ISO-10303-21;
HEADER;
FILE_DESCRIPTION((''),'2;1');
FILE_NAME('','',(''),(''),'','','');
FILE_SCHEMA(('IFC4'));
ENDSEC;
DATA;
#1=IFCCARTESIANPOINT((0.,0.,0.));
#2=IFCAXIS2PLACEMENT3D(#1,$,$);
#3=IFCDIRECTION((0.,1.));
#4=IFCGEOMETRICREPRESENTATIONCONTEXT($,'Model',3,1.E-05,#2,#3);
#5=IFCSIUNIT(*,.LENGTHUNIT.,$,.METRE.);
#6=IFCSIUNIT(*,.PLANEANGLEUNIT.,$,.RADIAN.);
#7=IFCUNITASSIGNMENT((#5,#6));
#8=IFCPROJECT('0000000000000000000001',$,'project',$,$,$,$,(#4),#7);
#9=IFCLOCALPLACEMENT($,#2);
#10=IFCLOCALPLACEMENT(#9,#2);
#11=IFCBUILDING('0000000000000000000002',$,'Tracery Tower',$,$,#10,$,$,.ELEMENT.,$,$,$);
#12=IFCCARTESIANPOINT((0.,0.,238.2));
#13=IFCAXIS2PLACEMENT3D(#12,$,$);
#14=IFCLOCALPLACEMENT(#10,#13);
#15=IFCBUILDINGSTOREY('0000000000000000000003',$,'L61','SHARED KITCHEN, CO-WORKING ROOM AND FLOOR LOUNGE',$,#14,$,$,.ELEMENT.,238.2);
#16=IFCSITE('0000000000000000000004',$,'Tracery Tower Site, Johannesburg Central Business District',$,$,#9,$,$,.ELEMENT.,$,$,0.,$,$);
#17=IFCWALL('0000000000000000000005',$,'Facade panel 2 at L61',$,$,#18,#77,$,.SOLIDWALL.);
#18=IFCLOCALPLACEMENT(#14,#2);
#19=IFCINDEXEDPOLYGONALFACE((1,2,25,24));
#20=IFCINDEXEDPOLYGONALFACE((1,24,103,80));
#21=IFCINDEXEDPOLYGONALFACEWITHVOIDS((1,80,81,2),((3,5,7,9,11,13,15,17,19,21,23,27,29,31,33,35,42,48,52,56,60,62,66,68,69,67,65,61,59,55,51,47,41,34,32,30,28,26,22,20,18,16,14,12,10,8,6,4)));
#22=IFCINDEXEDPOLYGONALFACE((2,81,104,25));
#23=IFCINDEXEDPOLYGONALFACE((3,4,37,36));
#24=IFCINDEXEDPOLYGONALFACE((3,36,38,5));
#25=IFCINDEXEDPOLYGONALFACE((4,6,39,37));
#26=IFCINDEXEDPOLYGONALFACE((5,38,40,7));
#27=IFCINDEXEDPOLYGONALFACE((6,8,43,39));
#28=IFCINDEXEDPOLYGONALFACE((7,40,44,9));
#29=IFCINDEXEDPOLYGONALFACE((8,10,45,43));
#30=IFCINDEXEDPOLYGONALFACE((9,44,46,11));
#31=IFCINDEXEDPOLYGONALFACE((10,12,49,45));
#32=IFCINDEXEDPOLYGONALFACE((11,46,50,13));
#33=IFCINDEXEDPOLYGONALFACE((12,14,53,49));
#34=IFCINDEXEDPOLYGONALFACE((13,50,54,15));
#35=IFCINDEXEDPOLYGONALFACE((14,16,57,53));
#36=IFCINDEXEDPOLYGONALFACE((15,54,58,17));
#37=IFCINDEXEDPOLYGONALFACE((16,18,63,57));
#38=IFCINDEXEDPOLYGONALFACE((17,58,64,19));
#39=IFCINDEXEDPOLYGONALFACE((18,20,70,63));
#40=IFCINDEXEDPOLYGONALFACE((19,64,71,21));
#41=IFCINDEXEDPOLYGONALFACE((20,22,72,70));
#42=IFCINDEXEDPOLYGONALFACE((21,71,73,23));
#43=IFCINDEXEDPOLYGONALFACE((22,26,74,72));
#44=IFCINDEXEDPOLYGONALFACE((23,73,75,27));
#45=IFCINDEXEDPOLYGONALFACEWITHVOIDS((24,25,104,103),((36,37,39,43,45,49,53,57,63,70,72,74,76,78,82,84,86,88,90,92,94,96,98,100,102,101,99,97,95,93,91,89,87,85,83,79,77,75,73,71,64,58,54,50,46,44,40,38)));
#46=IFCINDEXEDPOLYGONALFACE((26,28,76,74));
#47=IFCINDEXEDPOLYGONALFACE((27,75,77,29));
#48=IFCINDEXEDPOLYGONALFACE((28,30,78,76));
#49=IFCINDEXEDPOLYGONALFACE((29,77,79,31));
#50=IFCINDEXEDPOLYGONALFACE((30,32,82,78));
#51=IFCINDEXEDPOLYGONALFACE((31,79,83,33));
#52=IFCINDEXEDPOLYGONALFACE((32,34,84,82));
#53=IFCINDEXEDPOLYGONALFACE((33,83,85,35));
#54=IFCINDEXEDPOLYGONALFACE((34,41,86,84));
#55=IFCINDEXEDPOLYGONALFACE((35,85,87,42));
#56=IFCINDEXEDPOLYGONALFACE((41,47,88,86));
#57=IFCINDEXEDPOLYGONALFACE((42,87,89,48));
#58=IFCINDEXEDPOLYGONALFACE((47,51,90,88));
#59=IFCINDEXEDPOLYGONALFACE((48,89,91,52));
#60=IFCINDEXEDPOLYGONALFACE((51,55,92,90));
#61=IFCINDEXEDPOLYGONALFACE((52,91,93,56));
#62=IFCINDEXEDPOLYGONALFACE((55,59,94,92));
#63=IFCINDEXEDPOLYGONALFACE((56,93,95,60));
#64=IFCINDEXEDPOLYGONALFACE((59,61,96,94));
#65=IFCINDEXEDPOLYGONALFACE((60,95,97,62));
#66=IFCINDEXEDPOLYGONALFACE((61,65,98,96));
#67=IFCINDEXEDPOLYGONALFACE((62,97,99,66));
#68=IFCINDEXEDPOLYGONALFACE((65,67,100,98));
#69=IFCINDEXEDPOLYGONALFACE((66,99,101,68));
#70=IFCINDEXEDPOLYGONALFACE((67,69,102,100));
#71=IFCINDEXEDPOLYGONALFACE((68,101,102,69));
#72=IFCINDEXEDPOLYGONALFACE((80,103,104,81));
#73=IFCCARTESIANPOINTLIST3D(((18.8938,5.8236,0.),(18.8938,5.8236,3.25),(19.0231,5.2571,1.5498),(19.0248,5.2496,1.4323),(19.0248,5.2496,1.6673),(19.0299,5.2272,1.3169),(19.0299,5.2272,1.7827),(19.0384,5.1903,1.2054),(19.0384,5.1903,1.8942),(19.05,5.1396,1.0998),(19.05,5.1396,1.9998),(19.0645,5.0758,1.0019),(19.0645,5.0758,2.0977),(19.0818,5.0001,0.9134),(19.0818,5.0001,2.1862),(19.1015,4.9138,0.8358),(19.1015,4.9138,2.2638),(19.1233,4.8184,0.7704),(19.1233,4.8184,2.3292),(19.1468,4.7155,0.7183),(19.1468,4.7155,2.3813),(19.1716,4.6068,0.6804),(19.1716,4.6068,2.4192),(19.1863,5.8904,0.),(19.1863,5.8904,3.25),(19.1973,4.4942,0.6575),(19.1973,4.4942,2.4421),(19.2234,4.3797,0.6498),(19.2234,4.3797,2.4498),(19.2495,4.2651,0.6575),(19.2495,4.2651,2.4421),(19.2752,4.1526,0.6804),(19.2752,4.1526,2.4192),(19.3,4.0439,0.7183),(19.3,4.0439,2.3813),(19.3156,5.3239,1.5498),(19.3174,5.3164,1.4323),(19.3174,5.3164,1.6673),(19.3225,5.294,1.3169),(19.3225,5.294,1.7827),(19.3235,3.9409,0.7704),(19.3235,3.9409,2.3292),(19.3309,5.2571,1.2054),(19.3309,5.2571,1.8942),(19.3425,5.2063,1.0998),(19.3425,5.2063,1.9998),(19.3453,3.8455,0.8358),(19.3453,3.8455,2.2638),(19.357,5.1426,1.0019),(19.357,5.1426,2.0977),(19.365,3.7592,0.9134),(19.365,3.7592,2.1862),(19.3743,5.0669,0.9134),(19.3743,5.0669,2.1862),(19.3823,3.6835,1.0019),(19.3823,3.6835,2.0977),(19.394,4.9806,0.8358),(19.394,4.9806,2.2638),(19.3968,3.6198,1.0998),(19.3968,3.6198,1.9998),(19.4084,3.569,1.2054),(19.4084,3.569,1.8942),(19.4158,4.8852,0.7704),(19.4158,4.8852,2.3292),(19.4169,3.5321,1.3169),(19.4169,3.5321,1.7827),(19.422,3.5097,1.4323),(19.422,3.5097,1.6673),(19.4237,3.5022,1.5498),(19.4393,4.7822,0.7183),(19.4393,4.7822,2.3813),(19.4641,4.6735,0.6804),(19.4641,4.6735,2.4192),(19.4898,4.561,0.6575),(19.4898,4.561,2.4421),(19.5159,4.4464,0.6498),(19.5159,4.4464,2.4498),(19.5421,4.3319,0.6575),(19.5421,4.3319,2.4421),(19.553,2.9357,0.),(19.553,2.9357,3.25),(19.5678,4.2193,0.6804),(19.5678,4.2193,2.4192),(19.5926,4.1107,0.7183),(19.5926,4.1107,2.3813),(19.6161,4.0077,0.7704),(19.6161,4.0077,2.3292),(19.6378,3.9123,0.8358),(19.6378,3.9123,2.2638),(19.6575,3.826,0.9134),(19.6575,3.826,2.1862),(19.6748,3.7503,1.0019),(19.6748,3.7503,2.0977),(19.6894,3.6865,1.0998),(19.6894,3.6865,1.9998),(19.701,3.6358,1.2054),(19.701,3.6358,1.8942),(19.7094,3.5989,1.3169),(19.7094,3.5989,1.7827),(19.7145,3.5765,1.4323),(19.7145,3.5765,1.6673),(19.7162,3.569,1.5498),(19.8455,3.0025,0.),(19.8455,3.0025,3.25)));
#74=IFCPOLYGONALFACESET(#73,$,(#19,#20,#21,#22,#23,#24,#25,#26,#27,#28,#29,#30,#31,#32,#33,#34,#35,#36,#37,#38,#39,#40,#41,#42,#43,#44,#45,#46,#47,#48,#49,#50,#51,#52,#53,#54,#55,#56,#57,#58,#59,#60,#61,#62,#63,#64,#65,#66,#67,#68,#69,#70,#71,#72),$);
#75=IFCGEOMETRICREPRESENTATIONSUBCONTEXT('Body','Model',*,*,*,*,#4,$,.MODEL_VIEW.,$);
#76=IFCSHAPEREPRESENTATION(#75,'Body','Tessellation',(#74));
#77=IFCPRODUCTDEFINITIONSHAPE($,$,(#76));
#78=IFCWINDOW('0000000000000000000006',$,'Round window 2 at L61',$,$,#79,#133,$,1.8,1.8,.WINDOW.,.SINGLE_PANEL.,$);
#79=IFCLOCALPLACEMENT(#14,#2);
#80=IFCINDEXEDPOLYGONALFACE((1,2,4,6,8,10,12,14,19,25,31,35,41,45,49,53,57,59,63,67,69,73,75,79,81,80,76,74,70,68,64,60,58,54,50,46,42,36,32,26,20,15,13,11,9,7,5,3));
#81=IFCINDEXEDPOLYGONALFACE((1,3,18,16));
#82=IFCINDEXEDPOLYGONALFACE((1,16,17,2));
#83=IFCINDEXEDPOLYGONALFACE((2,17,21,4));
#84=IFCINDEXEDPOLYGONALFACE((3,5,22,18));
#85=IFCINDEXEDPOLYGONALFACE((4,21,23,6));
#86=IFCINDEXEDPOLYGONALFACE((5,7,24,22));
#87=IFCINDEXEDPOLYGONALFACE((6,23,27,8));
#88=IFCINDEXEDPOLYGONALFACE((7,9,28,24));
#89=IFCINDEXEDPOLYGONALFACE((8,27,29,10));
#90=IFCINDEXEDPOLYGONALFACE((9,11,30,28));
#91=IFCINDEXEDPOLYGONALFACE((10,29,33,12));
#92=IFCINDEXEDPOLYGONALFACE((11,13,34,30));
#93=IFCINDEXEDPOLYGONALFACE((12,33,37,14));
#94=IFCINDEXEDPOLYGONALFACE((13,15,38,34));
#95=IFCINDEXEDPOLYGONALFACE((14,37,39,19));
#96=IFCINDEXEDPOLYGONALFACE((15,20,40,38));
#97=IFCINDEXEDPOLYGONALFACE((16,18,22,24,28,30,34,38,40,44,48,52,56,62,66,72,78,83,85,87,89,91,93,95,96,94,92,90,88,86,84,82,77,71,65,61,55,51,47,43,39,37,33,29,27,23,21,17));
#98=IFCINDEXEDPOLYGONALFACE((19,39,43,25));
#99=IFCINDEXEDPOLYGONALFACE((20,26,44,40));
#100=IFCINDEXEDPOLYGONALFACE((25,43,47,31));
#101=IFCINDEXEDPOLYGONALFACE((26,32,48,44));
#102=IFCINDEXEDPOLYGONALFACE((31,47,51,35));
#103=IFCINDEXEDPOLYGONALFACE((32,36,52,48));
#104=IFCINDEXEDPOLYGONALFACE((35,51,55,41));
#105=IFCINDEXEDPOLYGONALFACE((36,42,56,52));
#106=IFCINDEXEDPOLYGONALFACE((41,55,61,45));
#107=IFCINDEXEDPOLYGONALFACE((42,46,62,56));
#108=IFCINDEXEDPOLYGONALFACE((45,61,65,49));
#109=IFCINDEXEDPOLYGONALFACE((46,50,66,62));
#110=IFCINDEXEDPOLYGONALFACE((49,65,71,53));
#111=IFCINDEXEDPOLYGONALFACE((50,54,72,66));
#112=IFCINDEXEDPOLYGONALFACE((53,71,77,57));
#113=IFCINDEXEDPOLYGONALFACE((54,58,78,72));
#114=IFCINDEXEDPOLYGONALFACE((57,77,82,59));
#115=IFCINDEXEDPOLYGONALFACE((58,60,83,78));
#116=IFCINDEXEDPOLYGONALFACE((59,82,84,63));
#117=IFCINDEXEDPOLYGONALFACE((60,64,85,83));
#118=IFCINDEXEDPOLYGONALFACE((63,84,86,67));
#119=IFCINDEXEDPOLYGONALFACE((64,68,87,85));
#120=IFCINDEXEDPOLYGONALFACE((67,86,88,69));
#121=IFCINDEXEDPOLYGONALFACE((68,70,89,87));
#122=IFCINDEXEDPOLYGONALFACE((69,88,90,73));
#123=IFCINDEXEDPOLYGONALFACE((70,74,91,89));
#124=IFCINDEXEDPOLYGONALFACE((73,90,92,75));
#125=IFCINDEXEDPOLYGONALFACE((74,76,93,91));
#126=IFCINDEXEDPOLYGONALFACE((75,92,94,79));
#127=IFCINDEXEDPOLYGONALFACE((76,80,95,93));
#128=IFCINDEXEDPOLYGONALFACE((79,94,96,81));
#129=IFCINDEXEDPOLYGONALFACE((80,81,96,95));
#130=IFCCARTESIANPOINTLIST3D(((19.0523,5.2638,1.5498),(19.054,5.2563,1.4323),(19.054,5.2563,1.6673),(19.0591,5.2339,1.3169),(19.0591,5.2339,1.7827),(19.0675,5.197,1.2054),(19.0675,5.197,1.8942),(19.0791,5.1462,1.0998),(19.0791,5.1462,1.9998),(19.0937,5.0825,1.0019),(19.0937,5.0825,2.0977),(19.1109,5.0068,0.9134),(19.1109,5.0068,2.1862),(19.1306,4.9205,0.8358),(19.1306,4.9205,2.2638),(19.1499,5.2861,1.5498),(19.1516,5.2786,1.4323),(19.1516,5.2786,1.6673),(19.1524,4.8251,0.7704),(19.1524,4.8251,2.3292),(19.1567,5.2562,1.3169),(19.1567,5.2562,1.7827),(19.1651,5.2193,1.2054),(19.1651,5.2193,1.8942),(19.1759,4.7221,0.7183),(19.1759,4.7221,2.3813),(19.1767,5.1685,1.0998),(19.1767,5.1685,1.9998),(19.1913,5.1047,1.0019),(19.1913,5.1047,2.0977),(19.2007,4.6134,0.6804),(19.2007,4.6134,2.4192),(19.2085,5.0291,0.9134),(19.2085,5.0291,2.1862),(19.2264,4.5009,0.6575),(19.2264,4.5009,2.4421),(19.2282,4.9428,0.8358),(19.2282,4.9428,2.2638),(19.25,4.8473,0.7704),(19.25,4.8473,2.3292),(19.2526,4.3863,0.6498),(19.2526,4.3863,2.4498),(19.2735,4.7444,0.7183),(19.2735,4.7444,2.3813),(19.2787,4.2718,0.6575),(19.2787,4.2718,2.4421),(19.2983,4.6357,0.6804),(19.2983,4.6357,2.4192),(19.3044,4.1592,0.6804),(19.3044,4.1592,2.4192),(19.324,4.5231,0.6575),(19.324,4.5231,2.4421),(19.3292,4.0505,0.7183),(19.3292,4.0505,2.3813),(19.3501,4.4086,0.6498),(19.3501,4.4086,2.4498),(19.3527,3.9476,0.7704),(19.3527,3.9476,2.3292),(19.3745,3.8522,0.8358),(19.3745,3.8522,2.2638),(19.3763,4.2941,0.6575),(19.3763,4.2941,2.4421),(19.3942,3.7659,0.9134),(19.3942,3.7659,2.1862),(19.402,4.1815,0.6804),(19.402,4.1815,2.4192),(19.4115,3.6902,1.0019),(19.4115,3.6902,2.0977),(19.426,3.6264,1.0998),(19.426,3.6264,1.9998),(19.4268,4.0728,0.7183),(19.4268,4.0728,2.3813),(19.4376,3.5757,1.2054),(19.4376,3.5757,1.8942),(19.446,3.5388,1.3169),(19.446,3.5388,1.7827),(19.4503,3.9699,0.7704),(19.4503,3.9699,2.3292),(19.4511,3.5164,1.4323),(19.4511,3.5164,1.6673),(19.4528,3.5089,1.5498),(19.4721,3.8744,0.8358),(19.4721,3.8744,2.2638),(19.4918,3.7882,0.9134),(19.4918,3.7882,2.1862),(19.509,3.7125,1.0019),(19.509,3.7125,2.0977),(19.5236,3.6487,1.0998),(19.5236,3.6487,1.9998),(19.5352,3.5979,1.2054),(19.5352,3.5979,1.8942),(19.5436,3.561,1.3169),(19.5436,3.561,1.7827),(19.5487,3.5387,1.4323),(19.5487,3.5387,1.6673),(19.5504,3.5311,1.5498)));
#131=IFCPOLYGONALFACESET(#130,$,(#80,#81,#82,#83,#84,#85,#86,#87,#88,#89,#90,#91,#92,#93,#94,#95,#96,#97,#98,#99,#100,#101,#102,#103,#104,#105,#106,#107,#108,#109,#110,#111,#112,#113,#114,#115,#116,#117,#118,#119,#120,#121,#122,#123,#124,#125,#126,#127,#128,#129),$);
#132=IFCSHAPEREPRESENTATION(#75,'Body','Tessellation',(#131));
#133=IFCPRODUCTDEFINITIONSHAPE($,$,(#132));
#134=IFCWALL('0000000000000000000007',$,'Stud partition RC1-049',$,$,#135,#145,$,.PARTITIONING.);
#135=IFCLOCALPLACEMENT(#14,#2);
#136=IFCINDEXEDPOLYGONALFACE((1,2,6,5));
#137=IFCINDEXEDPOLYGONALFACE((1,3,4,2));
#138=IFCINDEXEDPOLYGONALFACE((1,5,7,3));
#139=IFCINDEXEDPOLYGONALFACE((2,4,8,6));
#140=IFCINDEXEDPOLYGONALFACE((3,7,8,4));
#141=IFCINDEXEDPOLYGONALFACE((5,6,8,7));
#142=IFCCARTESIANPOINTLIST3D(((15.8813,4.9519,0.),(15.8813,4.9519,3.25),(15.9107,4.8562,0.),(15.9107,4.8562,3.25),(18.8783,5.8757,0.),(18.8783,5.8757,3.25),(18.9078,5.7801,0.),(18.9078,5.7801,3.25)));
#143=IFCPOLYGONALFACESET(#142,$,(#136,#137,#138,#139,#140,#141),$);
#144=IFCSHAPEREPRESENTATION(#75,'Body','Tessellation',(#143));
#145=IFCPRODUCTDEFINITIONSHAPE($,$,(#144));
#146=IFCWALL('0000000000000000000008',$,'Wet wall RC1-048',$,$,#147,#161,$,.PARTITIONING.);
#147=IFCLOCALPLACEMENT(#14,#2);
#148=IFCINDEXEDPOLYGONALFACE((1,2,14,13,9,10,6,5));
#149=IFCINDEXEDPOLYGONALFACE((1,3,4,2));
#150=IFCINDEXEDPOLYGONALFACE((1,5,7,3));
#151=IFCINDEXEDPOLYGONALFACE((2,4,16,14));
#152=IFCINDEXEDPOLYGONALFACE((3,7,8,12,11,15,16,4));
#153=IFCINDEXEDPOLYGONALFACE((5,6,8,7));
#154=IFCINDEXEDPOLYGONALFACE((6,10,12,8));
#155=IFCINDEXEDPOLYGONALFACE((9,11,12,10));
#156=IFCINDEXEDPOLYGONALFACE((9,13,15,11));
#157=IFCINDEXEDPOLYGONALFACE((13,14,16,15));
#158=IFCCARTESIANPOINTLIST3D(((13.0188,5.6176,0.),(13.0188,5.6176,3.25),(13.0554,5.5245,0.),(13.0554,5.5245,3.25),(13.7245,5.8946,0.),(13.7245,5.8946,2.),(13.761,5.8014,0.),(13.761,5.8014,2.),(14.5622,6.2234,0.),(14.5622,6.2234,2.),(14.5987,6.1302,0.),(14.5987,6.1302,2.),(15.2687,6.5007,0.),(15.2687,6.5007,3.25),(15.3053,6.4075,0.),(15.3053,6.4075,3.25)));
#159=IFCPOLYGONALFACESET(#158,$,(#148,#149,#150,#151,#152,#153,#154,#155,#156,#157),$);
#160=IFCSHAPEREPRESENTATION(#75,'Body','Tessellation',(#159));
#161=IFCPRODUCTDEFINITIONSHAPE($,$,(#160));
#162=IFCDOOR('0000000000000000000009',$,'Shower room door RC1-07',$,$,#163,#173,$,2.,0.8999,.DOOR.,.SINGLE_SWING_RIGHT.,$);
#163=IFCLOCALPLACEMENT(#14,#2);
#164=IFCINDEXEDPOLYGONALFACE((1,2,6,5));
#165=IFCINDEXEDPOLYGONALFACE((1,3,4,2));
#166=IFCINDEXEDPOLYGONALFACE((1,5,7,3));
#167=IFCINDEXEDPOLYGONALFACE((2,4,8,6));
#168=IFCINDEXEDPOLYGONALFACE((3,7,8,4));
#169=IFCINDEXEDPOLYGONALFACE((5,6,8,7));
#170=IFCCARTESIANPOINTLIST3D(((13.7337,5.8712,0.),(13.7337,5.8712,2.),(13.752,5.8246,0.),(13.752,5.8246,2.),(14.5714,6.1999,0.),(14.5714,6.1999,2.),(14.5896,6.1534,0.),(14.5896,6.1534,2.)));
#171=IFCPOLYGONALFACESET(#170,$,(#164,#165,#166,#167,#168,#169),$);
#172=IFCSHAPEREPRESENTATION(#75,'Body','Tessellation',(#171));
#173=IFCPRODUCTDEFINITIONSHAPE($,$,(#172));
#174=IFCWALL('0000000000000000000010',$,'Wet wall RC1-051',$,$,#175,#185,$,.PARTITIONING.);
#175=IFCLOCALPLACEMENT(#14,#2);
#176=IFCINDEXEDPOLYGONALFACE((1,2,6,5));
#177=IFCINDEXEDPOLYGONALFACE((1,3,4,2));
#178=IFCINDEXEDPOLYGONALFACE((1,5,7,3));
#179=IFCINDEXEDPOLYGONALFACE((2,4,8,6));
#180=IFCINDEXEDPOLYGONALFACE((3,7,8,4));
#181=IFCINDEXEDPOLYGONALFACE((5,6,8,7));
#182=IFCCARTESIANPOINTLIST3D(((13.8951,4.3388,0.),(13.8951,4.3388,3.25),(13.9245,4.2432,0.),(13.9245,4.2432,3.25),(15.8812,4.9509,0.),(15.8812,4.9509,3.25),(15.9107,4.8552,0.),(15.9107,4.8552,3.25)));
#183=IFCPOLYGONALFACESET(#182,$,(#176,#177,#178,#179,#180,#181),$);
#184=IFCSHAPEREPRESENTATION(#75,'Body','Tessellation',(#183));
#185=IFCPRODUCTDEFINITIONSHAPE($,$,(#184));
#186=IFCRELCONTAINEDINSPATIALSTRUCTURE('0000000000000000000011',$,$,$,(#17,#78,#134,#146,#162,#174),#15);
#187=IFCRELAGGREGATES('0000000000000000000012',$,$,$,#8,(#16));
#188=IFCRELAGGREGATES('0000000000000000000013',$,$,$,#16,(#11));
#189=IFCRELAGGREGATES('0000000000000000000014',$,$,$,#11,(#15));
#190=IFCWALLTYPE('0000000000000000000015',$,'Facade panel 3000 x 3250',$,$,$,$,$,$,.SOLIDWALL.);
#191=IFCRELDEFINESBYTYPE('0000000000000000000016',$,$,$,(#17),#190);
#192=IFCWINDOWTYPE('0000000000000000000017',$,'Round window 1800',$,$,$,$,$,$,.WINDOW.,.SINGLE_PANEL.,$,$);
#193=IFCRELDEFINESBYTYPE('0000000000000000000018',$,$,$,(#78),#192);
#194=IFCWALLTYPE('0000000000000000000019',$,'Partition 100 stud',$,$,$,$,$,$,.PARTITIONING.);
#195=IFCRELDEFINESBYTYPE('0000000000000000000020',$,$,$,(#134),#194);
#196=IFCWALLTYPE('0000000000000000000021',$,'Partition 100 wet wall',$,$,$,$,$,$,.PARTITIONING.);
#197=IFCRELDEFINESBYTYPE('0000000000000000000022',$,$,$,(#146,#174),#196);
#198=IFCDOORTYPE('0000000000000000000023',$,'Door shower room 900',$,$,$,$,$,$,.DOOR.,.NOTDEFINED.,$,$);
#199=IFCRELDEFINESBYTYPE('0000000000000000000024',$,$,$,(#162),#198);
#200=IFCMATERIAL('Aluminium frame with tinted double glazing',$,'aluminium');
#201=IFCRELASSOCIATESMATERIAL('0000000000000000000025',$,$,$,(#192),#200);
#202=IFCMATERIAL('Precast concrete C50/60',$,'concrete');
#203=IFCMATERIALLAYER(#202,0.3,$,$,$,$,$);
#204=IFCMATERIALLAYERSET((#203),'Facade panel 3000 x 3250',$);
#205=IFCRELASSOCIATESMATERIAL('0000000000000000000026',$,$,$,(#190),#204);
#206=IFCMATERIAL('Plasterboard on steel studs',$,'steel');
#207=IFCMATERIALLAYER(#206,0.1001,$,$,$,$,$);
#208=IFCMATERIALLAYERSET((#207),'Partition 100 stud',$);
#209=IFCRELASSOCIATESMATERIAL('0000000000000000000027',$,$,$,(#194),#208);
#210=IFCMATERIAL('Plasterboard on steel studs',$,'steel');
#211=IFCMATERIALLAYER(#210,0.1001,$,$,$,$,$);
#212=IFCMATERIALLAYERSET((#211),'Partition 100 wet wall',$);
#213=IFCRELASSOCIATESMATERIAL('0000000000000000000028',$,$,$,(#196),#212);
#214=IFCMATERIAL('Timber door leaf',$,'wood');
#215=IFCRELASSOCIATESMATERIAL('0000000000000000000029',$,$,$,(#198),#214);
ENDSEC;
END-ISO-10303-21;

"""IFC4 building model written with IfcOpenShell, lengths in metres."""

from ifc_helpers import new_model, si_unit, direction, frame, frame_2d, origin, origin_2d, place, context, subcontext, project, spatial, rectangle, circle, extrude, material, layer, layer_set, type_object, element, fill, save


model = new_model("IFC4")

# Units and contexts
model_context = context("Model", 3, precision=1e-05, world=origin(), true_north=direction((0.0, 1.0)))
body_context = subcontext(model_context, "Body", "Model", "MODEL_VIEW")
ifc_project = project(units=[si_unit("LENGTHUNIT", "METRE"), si_unit("PLANEANGLEUNIT", "RADIAN")], contexts=[model_context])

# Site, building, storey
site_placement = place(None, origin())
site = spatial("IfcSite", under=ifc_project, at=site_placement, Name="Tracery Tower Site, Johannesburg Central Business District", CompositionType="ELEMENT", RefElevation=0.0)
building_placement = place(site_placement, origin())
building = spatial("IfcBuilding", under=site, at=building_placement, Name="Tracery Tower", CompositionType="ELEMENT")
storey_placement = place(building_placement, frame((0.0, 0.0, 238.2)))
storey = spatial("IfcBuildingStorey", under=building, at=storey_placement, Name="L61", Description="SHARED KITCHEN, CO-WORKING ROOM AND FLOOR LOUNGE", CompositionType="ELEMENT", Elevation=238.2)

# Wall, opening, window
ifc_material_1 = material(Name="Aluminium frame with tinted double glazing", Category="aluminium")
window_type = type_object("IfcWindowType", Name="Round window 1800", PartitioningType="SINGLE_PANEL", PredefinedType="WINDOW", material=ifc_material_1)
ifc_material_2 = material(Name="Precast concrete C50/60", Category="concrete")
ifc_layer_1 = layer(ifc_material_2, 0.3)
ifc_layer_set_1 = layer_set([ifc_layer_1], Name="Facade panel 3000 x 3250")
wall_type_1 = type_object("IfcWallType", Name="Facade panel 3000 x 3250", PredefinedType="SOLIDWALL", material=ifc_layer_set_1)
wall_1_placement = place(storey_placement, frame((19.6992, 2.9692, 0.0), z_axis=(0.0, 0.0, 1.0), x_axis=(-0.222529, 0.974926, 0.0)))
wall_1 = element("IfcWall", 1, at=wall_1_placement, inside=storey, type_object=wall_type_1, Name="Facade panel 2 at L61", PredefinedType="SOLIDWALL", context=body_context, shape_type="SweptSolid", body=[
    extrude(rectangle(XDim=2.9622, YDim=0.3, at=frame_2d((1.481, 0.0))), origin(), (0.0, 0.0, 1.0), 3.25),
])
opening_1_placement = place(wall_1_placement, frame((1.481, 0.0, 1.5498)))
opening_1 = element("IfcOpeningElement", 2, at=opening_1_placement, cuts=wall_1, PredefinedType="OPENING", context=body_context, shape_type="SweptSolid", body=[
    extrude(circle(Radius=0.9, at=origin_2d()), frame((0.0, 0.1599, 0.0), z_axis=(0.0, -1.0, 0.0), x_axis=(1.0, 0.0, 0.0)), (0.0, 0.0, 1.0), 0.3201),
])
window_1_placement = place(opening_1_placement, origin())
window_1 = element("IfcWindow", 3, at=window_1_placement, inside=storey, type_object=window_type, Name="Round window 2 at L61", OverallHeight=1.8, OverallWidth=1.8, PartitioningType="SINGLE_PANEL", PredefinedType="WINDOW", context=body_context, shape_type="SweptSolid", body=[
    extrude(circle(Radius=0.9, at=origin_2d()), frame((0.0, 0.1201, 0.0), z_axis=(0.0, -1.0, 0.0), x_axis=(1.0, 0.0, 0.0)), (0.0, 0.0, 1.0), 0.1001),
])
fill(opening_1, window_1)

# Wall
ifc_material_3 = material(Name="Plasterboard on steel studs", Category="steel")
ifc_layer_2 = layer(ifc_material_3, 0.1001)
ifc_layer_set_2 = layer_set([ifc_layer_2], Name="Partition 100 stud")
wall_type_2 = type_object("IfcWallType", Name="Partition 100 stud", PredefinedType="PARTITIONING", material=ifc_layer_set_2)
wall_2_placement = place(storey_placement, frame((15.896, 4.9041, 0.0), z_axis=(0.0, 0.0, 1.0), x_axis=(0.955631, 0.294567, 0.0)))
element("IfcWall", 4, at=wall_2_placement, inside=storey, type_object=wall_type_2, Name="Stud partition RC1-049", PredefinedType="PARTITIONING", context=body_context, shape_type="SweptSolid", body=[
    extrude(rectangle(XDim=3.1362, YDim=0.1001, at=frame_2d((1.5681, 0.0))), origin(), (0.0, 0.0, 1.0), 3.25),
])

# Wall, opening, door
ifc_material_4 = material(Name="Plasterboard on steel studs", Category="steel")
ifc_layer_3 = layer(ifc_material_4, 0.1001)
ifc_layer_set_3 = layer_set([ifc_layer_3], Name="Partition 100 wet wall")
wall_type_3 = type_object("IfcWallType", Name="Partition 100 wet wall", PredefinedType="PARTITIONING", material=ifc_layer_set_3)
wall_3_placement = place(storey_placement, frame((13.0371, 5.571, 0.0), z_axis=(0.0, 0.0, 1.0), x_axis=(0.930874, 0.36534, 0.0)))
wall_3 = element("IfcWall", 5, at=wall_3_placement, inside=storey, type_object=wall_type_3, Name="Wet wall RC1-048", PredefinedType="PARTITIONING", context=body_context, shape_type="SweptSolid", body=[
    extrude(rectangle(XDim=2.417, YDim=0.1001, at=frame_2d((1.2085, 0.0))), origin(), (0.0, 0.0, 1.0), 3.25),
])
opening_2_placement = place(wall_3_placement, frame((0.7581, 0.0, 0.0)))
opening_2 = element("IfcOpeningElement", 6, at=opening_2_placement, cuts=wall_3, PredefinedType="OPENING", context=body_context, shape_type="SweptSolid", body=[
    extrude(rectangle(XDim=0.8999, YDim=2.0, at=frame_2d((0.45, 1.0))), frame((0.0, 0.05, 0.0), z_axis=(0.0, -1.0, 0.0), x_axis=(1.0, 0.0, 0.0)), (0.0, 0.0, 1.0), 0.1001),
])
ifc_material_5 = material(Name="Timber door leaf", Category="wood")
door_type_1 = type_object("IfcDoorType", Name="Door shower room 900", OperationType="NOTDEFINED", PredefinedType="DOOR", material=ifc_material_5)
door_1_placement = place(opening_2_placement, origin())
door_1 = element("IfcDoor", 7, at=door_1_placement, inside=storey, type_object=door_type_1, Name="Shower room door RC1-07", OperationType="SINGLE_SWING_RIGHT", OverallHeight=2.0, OverallWidth=0.8999, PredefinedType="DOOR", context=body_context, shape_type="SweptSolid", body=[
    extrude(rectangle(XDim=0.8999, YDim=2.0, at=frame_2d((0.45, 1.0))), frame((0.0, 0.0249, 0.0), z_axis=(0.0, -1.0, 0.0), x_axis=(1.0, 0.0, 0.0)), (0.0, 0.0, 1.0), 0.05),
])
fill(opening_2, door_1)

# Wall
wall_4_placement = place(storey_placement, frame((13.9099, 4.291, 0.0), z_axis=(0.0, 0.0, 1.0), x_axis=(0.955649, 0.294507, 0.0)))
element("IfcWall", 8, at=wall_4_placement, inside=storey, type_object=wall_type_3, Name="Wet wall RC1-051", PredefinedType="PARTITIONING", context=body_context, shape_type="SweptSolid", body=[
    extrude(rectangle(XDim=2.0784, YDim=0.1001, at=frame_2d((1.0391, 0.0))), origin(), (0.0, 0.0, 1.0), 3.25),
])

save(model, "model.ifc")
